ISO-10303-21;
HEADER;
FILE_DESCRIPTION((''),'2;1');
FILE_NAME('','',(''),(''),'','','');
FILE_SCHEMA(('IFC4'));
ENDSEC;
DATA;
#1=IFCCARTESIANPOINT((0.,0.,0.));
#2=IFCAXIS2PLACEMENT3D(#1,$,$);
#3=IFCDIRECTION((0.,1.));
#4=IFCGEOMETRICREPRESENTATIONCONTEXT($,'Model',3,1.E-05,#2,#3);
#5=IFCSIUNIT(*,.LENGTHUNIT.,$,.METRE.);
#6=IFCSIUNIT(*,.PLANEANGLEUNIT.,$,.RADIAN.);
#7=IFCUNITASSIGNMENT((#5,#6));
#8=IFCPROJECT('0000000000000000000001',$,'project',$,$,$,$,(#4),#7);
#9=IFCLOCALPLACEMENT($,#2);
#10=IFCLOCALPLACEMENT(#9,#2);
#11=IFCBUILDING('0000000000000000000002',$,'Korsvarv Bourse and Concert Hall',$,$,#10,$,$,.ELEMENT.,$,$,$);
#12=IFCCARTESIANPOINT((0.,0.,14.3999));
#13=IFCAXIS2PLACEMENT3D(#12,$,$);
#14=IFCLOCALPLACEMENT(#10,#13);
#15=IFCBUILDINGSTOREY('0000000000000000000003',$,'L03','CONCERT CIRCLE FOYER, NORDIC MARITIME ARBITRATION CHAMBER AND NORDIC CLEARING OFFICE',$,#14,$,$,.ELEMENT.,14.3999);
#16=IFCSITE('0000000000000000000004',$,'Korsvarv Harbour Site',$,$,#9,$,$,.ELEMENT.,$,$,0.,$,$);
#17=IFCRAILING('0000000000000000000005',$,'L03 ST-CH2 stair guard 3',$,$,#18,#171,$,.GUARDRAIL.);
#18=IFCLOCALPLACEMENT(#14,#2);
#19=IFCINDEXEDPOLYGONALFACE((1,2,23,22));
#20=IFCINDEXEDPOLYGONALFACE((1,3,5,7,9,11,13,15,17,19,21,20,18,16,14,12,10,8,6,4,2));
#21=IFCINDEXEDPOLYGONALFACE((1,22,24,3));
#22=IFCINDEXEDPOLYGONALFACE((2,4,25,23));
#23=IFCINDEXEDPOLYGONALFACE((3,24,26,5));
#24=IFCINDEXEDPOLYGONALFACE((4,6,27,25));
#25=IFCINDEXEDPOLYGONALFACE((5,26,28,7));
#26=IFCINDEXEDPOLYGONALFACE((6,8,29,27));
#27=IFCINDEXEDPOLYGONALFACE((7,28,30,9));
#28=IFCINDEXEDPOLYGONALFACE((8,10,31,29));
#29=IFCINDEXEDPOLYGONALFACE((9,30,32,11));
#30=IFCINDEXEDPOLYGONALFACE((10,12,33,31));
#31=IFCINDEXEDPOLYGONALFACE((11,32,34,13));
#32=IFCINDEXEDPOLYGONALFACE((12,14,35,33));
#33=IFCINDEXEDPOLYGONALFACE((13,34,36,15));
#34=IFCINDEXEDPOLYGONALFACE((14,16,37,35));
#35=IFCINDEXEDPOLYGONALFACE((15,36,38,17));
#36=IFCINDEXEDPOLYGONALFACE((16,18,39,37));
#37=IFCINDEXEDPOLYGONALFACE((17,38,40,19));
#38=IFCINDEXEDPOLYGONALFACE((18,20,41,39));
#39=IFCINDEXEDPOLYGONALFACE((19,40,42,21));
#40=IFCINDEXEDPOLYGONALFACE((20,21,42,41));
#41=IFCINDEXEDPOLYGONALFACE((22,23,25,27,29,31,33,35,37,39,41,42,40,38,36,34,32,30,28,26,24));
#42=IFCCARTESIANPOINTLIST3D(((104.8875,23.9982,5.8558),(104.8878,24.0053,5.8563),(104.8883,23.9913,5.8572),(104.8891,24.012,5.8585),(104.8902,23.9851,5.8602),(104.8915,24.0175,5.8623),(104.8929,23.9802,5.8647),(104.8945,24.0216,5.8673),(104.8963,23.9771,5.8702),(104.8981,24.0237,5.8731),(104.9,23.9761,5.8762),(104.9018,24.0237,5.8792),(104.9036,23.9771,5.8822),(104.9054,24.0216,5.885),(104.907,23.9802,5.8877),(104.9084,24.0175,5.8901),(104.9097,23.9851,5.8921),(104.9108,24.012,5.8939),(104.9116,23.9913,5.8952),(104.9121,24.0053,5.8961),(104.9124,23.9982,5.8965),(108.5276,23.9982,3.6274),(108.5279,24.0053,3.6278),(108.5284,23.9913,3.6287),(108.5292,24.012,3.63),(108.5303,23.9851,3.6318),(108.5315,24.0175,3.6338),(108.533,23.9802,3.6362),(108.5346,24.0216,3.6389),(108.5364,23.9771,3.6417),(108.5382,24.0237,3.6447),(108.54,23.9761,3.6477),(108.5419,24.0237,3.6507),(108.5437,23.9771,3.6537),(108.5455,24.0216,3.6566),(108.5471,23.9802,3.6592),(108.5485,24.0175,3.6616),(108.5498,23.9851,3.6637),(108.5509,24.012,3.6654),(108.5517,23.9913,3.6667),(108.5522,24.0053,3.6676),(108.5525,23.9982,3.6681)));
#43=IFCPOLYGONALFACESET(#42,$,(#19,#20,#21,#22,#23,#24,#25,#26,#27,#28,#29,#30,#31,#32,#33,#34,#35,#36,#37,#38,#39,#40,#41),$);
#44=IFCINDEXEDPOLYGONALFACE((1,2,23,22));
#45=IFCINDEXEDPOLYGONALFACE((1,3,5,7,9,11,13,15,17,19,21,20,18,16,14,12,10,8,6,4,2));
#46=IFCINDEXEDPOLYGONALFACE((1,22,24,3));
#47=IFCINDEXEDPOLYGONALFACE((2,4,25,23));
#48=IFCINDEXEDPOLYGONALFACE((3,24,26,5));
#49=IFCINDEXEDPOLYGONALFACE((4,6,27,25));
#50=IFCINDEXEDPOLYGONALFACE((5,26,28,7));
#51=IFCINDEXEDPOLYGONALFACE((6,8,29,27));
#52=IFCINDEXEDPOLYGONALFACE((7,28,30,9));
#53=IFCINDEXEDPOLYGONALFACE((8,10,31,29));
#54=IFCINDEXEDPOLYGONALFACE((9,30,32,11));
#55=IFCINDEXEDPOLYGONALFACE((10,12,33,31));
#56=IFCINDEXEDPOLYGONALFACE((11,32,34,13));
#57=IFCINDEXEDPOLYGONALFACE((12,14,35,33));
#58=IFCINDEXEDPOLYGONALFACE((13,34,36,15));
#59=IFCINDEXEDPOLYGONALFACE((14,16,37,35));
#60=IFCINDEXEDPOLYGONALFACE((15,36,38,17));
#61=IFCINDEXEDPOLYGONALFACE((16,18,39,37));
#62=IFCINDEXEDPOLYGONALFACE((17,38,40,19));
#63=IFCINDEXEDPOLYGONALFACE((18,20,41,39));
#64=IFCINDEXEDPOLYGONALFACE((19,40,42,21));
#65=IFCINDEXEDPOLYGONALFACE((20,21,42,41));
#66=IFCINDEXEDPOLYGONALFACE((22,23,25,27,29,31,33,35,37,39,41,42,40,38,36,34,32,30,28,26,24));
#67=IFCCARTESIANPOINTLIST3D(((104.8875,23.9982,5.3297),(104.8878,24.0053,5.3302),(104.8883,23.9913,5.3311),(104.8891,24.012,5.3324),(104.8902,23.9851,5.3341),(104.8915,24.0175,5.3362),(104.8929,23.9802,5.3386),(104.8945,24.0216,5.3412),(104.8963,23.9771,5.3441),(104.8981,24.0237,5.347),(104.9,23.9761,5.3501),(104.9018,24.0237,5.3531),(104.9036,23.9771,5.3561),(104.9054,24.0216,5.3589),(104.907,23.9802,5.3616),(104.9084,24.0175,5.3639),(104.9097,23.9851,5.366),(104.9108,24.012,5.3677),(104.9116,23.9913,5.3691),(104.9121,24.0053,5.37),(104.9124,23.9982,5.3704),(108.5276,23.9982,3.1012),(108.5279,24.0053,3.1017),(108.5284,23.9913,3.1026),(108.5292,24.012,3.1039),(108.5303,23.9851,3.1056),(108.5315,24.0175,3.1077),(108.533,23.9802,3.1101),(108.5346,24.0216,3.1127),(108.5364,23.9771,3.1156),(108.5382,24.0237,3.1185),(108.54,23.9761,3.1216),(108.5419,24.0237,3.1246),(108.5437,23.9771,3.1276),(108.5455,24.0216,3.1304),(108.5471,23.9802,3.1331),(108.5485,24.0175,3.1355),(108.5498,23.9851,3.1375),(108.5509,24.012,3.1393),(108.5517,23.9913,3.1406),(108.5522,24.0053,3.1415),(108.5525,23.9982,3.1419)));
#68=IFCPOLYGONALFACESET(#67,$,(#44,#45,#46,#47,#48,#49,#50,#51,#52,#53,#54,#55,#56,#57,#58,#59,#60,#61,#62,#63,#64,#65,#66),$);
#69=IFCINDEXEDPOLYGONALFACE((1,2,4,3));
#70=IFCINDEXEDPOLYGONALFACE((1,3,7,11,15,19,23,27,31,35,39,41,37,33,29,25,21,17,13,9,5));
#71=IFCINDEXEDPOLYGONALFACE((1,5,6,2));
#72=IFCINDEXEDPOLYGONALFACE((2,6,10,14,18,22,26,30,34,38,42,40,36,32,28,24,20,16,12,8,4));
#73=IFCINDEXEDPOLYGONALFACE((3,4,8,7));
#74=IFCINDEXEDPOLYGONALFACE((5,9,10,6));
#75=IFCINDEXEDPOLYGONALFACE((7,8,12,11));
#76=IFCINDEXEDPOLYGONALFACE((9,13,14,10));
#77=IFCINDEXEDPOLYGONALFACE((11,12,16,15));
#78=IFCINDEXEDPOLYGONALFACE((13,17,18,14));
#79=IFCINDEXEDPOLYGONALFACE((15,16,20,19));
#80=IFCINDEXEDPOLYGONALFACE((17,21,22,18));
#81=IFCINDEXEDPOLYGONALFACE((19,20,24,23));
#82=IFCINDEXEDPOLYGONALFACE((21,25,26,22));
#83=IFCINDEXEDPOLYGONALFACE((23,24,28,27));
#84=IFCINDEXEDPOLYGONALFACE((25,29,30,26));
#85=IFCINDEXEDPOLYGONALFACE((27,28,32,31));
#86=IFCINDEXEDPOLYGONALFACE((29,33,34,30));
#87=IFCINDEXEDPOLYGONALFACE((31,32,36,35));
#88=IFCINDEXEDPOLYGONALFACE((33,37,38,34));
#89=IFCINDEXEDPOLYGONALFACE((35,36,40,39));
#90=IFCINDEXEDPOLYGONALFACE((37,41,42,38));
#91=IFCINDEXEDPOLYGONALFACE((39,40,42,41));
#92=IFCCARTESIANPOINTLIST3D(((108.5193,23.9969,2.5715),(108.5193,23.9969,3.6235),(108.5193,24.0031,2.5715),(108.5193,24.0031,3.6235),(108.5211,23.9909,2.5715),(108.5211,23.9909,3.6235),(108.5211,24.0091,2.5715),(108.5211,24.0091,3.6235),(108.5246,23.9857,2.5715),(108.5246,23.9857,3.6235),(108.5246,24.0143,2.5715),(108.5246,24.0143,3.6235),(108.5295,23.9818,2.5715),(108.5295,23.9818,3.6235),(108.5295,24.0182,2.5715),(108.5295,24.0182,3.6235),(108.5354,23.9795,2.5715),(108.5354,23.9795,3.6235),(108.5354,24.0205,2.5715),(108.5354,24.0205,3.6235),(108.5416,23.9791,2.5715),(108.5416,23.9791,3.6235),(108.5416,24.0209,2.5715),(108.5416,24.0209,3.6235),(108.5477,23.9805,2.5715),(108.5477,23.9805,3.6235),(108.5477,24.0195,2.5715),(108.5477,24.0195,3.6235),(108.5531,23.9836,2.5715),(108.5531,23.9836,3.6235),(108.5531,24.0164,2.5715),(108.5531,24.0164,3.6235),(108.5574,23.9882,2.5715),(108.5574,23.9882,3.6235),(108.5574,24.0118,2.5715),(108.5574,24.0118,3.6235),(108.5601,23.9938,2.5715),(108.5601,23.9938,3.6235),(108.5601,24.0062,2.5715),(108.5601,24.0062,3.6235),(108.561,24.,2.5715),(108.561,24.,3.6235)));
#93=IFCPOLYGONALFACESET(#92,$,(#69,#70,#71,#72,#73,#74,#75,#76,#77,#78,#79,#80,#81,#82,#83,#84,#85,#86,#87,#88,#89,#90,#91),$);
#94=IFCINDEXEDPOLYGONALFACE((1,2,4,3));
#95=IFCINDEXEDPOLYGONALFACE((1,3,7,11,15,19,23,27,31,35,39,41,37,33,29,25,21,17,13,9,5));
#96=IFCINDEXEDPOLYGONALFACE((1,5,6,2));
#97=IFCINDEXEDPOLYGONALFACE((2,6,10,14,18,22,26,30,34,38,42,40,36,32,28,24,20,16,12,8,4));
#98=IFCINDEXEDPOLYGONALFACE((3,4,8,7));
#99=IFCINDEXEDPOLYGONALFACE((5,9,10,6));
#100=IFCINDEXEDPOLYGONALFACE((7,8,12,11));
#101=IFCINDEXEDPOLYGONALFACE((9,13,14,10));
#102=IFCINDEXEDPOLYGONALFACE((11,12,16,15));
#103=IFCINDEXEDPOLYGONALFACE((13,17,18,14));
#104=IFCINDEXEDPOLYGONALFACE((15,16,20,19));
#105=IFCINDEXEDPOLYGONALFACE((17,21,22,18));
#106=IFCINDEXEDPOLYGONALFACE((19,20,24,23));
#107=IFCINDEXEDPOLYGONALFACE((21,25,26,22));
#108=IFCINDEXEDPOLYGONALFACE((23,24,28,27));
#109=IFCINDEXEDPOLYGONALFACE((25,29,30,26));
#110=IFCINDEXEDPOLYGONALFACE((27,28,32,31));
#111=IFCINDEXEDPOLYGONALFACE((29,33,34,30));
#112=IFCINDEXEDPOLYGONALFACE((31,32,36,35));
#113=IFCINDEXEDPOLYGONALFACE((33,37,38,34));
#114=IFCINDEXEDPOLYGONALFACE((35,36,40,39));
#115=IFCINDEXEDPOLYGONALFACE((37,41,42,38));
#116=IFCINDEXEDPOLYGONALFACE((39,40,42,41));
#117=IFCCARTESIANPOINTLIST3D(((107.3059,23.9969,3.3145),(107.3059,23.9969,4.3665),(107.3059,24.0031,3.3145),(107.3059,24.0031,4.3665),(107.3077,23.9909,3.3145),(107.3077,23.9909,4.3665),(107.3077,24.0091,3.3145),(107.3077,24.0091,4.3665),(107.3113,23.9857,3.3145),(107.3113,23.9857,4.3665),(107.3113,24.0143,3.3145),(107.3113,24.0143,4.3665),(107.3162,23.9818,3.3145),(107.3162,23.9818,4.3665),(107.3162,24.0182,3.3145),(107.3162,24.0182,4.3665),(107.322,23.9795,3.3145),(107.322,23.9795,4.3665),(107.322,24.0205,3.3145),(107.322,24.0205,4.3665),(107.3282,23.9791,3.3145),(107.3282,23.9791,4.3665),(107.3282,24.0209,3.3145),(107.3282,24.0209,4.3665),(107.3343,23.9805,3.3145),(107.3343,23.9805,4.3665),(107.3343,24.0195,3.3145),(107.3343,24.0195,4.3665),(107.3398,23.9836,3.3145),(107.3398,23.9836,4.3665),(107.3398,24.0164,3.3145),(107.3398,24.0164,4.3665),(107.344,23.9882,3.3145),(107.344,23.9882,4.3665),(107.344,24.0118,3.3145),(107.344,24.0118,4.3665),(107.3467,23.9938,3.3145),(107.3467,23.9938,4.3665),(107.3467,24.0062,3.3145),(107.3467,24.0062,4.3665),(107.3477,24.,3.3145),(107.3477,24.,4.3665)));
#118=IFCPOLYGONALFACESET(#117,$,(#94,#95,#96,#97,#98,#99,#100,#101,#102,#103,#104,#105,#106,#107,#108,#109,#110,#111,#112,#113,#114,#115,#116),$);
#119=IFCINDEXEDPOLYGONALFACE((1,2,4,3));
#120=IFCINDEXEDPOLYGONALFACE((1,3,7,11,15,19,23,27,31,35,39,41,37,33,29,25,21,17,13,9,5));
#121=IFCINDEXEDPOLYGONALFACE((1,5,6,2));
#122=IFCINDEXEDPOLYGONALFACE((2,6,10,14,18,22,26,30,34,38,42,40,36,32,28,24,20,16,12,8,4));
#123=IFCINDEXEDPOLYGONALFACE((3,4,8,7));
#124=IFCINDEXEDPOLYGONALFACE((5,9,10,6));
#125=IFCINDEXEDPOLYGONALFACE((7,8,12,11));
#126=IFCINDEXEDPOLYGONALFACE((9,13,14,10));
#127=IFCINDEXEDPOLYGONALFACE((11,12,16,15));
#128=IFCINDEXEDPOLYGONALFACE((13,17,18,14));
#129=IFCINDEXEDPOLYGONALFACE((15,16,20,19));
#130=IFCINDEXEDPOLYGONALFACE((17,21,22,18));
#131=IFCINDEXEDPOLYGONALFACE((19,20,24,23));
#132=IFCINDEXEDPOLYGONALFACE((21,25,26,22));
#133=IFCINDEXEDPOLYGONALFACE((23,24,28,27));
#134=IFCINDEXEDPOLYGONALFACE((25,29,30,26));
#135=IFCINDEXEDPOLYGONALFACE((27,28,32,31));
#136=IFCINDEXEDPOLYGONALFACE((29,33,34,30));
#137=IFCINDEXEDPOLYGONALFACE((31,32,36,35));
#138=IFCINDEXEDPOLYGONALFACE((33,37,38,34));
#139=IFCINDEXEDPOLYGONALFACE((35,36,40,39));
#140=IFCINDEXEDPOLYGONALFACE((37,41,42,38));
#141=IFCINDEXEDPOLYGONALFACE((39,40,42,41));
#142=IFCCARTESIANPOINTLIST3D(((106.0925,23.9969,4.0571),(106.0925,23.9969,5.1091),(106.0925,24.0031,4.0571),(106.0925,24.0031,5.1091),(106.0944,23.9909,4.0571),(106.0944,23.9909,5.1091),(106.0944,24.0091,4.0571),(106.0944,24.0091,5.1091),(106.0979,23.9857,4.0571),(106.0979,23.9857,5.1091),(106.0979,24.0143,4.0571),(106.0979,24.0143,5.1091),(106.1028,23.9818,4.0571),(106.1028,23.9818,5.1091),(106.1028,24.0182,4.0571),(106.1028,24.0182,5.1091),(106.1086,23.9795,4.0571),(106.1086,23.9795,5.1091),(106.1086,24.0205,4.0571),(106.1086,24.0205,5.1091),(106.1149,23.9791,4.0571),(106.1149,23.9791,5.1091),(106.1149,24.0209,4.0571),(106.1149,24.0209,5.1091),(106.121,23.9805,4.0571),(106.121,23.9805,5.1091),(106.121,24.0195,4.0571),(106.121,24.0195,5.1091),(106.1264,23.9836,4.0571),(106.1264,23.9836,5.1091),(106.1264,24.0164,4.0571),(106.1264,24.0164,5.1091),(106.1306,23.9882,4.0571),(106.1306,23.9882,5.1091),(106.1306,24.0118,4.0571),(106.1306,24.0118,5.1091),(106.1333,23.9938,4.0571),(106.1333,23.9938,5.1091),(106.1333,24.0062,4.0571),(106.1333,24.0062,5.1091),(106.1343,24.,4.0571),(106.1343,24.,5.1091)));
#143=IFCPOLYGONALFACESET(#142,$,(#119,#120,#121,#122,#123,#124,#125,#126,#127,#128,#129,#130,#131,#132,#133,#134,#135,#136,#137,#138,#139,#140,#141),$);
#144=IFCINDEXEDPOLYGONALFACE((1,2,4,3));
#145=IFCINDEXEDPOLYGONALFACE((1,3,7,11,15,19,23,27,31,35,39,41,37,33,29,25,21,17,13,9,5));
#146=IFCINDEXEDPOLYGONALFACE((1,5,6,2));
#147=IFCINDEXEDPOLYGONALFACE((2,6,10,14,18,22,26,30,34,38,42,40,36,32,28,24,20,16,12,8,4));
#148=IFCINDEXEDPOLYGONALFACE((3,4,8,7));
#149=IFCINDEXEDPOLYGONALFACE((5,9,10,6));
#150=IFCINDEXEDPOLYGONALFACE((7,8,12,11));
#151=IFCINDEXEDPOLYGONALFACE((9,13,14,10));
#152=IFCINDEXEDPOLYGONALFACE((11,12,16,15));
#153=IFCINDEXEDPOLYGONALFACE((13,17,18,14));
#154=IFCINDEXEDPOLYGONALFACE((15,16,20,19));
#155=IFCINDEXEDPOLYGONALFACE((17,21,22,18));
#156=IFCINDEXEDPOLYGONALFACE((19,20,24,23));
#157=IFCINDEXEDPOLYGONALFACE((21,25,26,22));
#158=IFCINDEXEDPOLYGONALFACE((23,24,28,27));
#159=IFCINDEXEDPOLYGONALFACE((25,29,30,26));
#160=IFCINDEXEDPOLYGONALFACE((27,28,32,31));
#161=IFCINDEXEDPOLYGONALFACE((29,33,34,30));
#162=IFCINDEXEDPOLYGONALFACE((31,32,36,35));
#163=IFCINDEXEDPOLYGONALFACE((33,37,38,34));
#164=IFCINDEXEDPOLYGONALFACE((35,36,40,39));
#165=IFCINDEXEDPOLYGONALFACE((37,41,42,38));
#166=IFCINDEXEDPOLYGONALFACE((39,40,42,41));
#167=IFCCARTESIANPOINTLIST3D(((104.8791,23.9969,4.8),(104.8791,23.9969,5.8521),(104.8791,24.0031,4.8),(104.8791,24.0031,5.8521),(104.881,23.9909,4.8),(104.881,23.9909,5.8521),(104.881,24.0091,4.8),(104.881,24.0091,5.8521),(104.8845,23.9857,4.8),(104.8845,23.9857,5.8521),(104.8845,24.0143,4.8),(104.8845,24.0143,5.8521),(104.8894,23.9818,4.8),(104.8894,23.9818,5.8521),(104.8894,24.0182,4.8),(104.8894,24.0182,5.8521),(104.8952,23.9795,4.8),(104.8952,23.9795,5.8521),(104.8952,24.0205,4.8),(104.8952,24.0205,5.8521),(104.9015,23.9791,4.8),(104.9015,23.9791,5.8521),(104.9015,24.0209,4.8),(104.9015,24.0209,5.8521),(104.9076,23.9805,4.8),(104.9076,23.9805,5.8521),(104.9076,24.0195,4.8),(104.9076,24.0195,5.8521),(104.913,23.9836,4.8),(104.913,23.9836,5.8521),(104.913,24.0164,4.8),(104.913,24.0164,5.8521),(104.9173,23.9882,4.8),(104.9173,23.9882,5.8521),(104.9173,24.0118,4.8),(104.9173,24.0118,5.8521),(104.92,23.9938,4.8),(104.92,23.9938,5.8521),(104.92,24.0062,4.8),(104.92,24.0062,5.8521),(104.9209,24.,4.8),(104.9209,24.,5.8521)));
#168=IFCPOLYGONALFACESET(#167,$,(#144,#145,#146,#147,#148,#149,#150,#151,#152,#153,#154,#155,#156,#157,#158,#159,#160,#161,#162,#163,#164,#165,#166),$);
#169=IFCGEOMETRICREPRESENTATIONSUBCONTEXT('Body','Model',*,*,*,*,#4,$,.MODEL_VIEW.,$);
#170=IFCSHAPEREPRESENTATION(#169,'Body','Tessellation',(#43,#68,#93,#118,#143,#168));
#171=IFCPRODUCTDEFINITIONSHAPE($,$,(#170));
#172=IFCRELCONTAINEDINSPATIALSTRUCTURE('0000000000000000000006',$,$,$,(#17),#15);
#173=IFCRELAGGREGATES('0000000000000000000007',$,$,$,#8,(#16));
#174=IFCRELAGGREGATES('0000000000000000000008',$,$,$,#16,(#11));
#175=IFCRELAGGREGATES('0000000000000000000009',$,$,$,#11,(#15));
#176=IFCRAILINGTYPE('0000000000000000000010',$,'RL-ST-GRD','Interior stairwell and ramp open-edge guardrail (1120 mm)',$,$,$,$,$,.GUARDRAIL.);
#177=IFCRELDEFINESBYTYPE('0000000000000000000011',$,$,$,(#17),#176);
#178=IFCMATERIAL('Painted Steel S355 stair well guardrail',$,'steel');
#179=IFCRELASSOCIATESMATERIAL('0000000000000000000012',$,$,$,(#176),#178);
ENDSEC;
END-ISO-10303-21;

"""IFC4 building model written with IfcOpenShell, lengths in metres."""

from ifc_helpers import new_model, si_unit, direction, frame, origin, origin_2d, place, context, subcontext, project, spatial, circle, extrude, material, type_object, element, save


model = new_model("IFC4")

# Units and contexts
model_context = context("Model", 3, precision=1e-05, world=origin(), true_north=direction((0.0, 1.0)))
body_context = subcontext(model_context, "Body", "Model", "MODEL_VIEW")
ifc_project = project(units=[si_unit("LENGTHUNIT", "METRE"), si_unit("PLANEANGLEUNIT", "RADIAN")], contexts=[model_context])

# Site, building, storey
site_placement = place(None, origin())
site = spatial("IfcSite", under=ifc_project, at=site_placement, Name="Korsvarv Harbour Site", CompositionType="ELEMENT", RefElevation=0.0)
building_placement = place(site_placement, origin())
building = spatial("IfcBuilding", under=site, at=building_placement, Name="Korsvarv Bourse and Concert Hall", CompositionType="ELEMENT")
storey_placement = place(building_placement, frame((0.0, 0.0, 14.3999)))
storey = spatial("IfcBuildingStorey", under=building, at=storey_placement, Name="L03", Description="CONCERT CIRCLE FOYER, NORDIC MARITIME ARBITRATION CHAMBER AND NORDIC CLEARING OFFICE", CompositionType="ELEMENT", Elevation=14.3999)

# Railing
ifc_material_1 = material(Name="Painted Steel S355 stair well guardrail", Category="steel")
railing_type_1 = type_object("IfcRailingType", Name="RL-ST-GRD", Description="Interior stairwell and ramp open-edge guardrail (1120 mm)", PredefinedType="GUARDRAIL", material=ifc_material_1)
railing_1_placement = place(storey_placement, frame((108.54, 24.0, 2.5715)))
element("IfcRailing", 1, at=railing_1_placement, inside=storey, type_object=railing_type_1, Name="L03 ST-CH2 stair guard 3", PredefinedType="GUARDRAIL", context=body_context, shape_type="SweptSolid", body=[
    extrude(circle(Radius=0.0239, at=origin_2d()), frame((0.0, 0.0, 1.0762), z_axis=(-0.852866, 0.0, 0.52213), x_axis=(0.0, -1.0, 0.0)), (0.0, 0.0, 1.0), 4.2681),
    extrude(circle(Radius=0.0239, at=origin_2d()), frame((0.0, 0.0, 0.55), z_axis=(-0.852866, 0.0, 0.52213), x_axis=(0.0, -1.0, 0.0)), (0.0, 0.0, 1.0), 4.2681),
    extrude(circle(Radius=0.021, at=origin_2d()), origin(), (0.0, 0.0, 1.0), 1.052),
    extrude(circle(Radius=0.021, at=origin_2d()), frame((-1.2134, 0.0, 0.7429)), (0.0, 0.0, 1.0), 1.052),
    extrude(circle(Radius=0.021, at=origin_2d()), frame((-2.4268, 0.0, 1.4856)), (0.0, 0.0, 1.0), 1.052),
    extrude(circle(Radius=0.021, at=origin_2d()), frame((-3.6401, 0.0, 2.2285)), (0.0, 0.0, 1.0), 1.052),
])

save(model, "model.ifc")
